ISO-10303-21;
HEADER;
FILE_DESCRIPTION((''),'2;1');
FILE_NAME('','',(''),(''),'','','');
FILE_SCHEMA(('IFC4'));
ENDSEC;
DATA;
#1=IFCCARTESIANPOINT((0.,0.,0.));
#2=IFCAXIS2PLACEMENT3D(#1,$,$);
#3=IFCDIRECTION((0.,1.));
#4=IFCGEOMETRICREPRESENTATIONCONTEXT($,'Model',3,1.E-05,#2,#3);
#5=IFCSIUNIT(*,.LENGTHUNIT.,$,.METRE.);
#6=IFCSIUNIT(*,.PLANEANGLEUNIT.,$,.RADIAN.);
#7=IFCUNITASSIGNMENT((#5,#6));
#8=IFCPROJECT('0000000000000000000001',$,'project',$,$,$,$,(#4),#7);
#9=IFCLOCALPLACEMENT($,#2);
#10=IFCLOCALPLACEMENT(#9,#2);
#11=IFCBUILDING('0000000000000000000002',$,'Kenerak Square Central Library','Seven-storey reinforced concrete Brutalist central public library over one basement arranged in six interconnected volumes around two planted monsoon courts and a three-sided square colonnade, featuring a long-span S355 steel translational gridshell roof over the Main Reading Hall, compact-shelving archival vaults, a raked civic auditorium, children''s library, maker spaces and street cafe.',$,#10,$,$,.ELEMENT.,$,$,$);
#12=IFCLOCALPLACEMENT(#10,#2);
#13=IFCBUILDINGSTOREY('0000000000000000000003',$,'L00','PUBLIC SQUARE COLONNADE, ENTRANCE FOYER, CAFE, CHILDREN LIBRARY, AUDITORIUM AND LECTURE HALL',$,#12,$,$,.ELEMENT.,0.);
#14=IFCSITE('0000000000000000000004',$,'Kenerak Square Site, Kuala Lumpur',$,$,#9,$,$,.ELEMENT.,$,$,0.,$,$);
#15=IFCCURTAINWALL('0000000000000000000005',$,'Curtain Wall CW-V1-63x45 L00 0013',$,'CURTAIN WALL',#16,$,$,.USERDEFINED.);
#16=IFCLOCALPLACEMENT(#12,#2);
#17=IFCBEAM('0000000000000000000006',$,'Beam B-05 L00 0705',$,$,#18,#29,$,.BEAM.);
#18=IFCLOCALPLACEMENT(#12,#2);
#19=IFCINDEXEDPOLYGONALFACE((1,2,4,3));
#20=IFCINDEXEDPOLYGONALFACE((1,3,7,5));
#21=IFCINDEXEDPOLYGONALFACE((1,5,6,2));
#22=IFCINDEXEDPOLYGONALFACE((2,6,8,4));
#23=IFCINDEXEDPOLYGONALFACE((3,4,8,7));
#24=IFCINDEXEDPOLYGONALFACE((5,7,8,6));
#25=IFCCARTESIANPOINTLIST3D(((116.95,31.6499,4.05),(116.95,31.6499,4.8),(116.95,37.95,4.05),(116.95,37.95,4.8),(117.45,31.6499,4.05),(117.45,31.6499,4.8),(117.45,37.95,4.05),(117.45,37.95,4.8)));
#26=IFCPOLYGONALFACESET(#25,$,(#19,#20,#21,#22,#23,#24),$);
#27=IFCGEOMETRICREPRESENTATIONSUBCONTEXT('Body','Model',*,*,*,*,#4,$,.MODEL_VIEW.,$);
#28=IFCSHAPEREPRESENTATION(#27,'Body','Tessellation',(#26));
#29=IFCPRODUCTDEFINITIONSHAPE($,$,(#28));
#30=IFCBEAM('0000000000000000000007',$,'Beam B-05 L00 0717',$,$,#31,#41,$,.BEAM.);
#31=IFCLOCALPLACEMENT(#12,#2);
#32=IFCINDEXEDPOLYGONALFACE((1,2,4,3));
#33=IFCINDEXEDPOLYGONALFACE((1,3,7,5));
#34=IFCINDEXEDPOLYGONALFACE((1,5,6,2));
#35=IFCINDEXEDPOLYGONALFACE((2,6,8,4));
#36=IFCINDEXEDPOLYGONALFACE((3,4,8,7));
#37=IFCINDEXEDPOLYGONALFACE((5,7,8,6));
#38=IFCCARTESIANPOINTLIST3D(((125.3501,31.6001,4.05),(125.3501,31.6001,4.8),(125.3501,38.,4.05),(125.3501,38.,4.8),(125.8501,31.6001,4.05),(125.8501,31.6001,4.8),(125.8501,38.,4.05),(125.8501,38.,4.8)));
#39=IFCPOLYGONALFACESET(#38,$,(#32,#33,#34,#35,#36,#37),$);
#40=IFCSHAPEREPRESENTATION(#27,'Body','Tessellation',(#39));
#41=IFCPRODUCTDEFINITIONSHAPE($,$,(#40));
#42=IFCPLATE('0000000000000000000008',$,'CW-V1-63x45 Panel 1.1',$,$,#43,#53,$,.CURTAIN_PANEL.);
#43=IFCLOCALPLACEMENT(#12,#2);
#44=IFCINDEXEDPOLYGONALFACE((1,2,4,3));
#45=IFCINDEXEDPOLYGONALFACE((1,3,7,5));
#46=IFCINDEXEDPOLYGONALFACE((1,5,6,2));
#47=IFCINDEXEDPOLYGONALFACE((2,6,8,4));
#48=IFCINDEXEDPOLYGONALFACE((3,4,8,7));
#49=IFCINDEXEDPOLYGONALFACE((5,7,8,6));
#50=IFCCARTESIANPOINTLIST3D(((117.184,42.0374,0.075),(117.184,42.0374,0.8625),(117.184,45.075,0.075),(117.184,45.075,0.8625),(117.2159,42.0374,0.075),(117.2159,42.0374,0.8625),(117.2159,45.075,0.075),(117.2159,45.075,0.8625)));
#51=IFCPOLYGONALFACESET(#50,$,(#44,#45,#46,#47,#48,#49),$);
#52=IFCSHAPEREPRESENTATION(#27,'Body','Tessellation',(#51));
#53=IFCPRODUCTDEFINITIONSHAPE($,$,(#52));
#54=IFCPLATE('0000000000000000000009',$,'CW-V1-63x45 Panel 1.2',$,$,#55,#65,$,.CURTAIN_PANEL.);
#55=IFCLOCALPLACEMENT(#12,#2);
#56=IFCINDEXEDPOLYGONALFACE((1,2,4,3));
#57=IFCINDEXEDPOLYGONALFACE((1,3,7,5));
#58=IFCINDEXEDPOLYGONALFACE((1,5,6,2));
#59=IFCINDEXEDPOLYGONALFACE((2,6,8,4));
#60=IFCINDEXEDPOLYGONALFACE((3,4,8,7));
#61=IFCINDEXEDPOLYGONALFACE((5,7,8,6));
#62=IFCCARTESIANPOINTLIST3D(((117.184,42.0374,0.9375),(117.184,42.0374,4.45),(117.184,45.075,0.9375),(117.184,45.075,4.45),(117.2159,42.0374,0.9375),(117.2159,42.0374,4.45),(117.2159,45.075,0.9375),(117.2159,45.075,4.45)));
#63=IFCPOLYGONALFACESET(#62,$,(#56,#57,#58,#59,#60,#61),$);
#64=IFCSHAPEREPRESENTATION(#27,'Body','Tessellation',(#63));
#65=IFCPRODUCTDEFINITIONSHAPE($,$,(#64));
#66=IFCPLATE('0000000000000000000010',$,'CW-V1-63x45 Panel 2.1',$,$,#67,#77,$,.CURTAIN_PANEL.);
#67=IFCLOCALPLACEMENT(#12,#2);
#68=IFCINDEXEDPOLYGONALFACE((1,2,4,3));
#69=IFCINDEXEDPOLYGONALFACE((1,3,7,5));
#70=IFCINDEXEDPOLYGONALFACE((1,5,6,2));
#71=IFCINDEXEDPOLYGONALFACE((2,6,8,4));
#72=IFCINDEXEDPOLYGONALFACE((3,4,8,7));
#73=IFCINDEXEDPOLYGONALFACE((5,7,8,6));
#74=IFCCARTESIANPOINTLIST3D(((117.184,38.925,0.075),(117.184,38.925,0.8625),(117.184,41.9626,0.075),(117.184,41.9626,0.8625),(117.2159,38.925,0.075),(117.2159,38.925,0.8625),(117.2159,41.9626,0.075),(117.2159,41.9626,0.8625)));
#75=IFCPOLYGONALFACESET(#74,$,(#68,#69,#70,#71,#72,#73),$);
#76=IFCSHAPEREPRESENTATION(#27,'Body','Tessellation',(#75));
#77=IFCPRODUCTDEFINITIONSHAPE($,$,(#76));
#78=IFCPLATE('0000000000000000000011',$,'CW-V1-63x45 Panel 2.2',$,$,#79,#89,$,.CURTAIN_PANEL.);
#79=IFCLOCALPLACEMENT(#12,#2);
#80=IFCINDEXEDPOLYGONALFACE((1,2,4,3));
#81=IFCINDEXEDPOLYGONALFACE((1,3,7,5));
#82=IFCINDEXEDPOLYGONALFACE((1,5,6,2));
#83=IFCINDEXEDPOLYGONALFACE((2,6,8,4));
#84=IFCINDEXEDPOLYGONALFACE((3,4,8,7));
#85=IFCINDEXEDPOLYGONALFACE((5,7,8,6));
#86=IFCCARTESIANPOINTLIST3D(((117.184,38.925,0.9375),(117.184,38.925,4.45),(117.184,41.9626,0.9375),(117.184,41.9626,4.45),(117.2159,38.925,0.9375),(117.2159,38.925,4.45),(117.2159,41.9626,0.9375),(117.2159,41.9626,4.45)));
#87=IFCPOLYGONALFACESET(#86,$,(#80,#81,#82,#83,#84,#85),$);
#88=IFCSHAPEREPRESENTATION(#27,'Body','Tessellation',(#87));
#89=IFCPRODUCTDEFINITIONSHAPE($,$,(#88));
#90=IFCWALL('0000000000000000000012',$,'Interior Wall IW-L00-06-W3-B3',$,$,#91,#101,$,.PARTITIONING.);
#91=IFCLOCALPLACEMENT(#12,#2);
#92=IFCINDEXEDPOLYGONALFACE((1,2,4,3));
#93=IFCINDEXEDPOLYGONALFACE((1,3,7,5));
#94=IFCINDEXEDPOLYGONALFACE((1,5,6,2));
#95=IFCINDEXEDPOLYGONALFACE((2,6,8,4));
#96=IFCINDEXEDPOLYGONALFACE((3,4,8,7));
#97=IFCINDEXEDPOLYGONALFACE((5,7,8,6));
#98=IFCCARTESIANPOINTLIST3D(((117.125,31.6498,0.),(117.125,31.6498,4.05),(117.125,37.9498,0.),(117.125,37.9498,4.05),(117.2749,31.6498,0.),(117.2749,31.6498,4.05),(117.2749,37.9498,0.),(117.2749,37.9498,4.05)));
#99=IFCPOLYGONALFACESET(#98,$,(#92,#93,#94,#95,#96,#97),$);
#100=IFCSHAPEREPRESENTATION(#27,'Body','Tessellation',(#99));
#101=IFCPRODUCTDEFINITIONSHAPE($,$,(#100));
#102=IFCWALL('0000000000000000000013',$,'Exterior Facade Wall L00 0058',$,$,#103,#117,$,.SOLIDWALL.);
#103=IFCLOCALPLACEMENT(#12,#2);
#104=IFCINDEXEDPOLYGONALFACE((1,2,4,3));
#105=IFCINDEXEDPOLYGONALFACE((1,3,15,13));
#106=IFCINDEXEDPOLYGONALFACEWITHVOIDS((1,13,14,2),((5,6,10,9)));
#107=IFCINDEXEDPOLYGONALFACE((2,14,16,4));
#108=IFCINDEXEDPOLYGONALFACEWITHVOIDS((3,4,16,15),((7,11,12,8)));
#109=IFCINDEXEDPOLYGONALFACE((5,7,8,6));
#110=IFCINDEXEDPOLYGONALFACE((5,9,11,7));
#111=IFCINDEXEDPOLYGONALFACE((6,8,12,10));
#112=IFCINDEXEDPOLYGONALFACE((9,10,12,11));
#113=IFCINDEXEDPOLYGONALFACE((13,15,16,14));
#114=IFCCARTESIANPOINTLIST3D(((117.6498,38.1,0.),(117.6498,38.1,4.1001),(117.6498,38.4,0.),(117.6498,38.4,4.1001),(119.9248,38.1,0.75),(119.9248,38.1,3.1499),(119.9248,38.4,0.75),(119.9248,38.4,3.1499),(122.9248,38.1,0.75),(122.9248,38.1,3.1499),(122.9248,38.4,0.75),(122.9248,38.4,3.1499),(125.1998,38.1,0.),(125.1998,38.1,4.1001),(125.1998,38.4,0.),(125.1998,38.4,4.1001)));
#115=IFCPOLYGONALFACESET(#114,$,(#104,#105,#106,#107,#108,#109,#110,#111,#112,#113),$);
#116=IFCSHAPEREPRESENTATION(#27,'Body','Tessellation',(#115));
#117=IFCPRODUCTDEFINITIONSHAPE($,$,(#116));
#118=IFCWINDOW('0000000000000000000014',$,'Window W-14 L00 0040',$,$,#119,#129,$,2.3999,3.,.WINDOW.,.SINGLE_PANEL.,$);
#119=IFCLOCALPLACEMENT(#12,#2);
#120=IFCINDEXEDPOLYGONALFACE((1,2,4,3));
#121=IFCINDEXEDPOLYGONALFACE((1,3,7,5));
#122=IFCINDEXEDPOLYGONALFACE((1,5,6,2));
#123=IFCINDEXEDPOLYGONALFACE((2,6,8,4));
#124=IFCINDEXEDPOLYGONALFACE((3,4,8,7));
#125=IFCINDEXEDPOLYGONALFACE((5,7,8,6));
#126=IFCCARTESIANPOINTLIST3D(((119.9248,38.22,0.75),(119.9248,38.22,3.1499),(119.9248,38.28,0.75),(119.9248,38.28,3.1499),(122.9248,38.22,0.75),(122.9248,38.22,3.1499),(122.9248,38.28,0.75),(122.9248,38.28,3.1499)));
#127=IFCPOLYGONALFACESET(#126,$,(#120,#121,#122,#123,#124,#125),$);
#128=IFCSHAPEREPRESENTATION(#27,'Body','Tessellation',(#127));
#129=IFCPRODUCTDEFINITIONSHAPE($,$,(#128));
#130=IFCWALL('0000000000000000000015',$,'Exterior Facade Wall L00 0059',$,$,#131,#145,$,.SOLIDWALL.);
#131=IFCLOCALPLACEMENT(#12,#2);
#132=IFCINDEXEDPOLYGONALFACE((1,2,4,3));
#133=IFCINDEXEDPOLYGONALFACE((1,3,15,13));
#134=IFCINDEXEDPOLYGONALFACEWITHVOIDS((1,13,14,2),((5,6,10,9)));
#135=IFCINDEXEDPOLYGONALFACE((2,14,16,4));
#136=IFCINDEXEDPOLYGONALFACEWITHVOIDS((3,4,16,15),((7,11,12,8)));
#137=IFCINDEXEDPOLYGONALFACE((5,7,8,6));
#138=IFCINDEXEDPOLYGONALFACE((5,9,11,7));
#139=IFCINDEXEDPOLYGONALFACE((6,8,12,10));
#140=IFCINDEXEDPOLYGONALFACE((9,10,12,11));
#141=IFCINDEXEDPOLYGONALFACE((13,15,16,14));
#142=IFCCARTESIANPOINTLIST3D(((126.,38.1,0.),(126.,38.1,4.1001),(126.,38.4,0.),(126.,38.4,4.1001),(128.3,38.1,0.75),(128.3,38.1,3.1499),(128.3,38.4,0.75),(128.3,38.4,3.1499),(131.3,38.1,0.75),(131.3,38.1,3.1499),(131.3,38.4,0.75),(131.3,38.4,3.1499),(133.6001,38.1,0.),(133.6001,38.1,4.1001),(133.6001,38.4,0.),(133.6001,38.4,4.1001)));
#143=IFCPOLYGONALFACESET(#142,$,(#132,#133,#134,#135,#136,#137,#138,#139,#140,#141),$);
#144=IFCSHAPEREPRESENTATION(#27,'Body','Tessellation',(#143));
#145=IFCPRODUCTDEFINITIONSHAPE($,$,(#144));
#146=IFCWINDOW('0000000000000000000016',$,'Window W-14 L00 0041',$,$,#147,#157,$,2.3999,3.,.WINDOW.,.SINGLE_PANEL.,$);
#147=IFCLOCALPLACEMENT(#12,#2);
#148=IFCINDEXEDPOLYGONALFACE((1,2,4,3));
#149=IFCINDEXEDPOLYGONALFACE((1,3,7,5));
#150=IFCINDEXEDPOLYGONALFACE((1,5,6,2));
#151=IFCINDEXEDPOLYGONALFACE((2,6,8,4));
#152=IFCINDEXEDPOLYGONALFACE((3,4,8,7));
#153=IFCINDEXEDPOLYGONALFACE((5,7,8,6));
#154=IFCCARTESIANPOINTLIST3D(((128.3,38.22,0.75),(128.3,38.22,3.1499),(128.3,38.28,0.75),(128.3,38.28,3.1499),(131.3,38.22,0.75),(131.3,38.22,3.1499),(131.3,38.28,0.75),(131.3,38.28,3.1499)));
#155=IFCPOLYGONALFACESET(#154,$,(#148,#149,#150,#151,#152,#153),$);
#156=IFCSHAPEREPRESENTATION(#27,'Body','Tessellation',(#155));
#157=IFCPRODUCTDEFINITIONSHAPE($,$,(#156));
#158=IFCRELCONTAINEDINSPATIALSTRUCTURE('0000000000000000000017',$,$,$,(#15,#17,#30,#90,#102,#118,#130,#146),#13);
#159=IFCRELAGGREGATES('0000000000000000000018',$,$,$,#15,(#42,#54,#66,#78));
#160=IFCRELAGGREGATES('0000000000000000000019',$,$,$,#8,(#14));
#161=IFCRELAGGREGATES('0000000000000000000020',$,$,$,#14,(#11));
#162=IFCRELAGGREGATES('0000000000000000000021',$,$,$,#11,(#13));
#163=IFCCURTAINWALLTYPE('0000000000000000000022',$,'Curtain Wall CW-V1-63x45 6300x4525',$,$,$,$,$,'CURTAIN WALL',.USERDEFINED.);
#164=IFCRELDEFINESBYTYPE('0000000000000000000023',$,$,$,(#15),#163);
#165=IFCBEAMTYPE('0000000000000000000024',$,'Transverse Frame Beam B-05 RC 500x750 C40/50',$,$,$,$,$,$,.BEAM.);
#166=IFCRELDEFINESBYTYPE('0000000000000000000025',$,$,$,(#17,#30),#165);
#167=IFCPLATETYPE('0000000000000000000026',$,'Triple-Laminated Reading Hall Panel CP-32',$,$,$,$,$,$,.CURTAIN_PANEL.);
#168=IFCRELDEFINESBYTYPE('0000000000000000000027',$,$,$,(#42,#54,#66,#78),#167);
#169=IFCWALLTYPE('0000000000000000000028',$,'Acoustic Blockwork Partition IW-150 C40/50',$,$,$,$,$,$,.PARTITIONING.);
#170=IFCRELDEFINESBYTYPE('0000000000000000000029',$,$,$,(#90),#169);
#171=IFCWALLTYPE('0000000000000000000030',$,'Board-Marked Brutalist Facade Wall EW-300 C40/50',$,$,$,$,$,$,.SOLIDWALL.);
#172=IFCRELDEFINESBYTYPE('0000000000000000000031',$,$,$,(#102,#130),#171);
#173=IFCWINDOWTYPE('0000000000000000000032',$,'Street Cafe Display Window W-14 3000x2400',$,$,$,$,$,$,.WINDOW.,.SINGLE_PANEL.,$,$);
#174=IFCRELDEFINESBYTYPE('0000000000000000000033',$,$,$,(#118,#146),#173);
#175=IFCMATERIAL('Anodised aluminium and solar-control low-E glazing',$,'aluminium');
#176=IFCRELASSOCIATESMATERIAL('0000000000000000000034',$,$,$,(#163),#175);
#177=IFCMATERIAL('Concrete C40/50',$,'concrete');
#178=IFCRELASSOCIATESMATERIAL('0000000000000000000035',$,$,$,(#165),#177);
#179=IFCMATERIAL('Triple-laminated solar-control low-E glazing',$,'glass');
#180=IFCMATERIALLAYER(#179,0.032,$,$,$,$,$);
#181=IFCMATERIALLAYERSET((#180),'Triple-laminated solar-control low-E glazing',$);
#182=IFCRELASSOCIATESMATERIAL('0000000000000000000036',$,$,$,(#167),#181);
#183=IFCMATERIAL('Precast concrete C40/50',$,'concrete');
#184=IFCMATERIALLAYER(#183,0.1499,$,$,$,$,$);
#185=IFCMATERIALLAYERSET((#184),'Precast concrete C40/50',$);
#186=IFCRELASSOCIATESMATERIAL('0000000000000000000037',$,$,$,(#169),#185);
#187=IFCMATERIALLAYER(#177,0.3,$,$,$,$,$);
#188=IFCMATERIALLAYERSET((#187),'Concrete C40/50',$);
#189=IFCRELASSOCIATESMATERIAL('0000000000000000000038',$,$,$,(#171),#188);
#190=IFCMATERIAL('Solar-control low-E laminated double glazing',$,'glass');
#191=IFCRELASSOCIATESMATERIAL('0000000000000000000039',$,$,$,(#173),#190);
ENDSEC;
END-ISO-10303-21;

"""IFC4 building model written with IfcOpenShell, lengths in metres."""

from ifc_helpers import new_model, si_unit, direction, frame, frame_2d, origin, origin_2d, place, context, subcontext, project, spatial, rectangle, extrude, material, layer, layer_set, material_profile, profile_set, type_object, element, fill, aggregate, save


model = new_model("IFC4")

# Units and contexts
model_context = context("Model", 3, precision=1e-05, world=origin(), true_north=direction((0.0, 1.0)))
body_context = subcontext(model_context, "Body", "Model", "MODEL_VIEW")
ifc_project = project(units=[si_unit("LENGTHUNIT", "METRE"), si_unit("PLANEANGLEUNIT", "RADIAN")], contexts=[model_context])

# Site, building, storey
site_placement = place(None, origin())
site = spatial("IfcSite", under=ifc_project, at=site_placement, Name="Kenerak Square Site, Kuala Lumpur", CompositionType="ELEMENT", RefElevation=0.0)
building_placement = place(site_placement, origin())
building = spatial("IfcBuilding", under=site, at=building_placement, Name="Kenerak Square Central Library", Description="Seven-storey reinforced concrete Brutalist central public library over one basement arranged in six interconnected volumes around two planted monsoon courts and a three-sided square colonnade, featuring a long-span S355 steel translational gridshell roof over the Main Reading Hall, compact-shelving archival vaults, a raked civic auditorium, children's library, maker spaces and street cafe.", CompositionType="ELEMENT")
storey_placement = place(building_placement, origin())
storey = spatial("IfcBuildingStorey", under=building, at=storey_placement, Name="L00", Description="PUBLIC SQUARE COLONNADE, ENTRANCE FOYER, CAFE, CHILDREN LIBRARY, AUDITORIUM AND LECTURE HALL", CompositionType="ELEMENT", Elevation=0.0)

# Shared definitions
ifc_material_1 = material(Name="Concrete C40/50", Category="concrete")

# Curtain wall
ifc_material_2 = material(Name="Anodised aluminium and solar-control low-E glazing", Category="aluminium")
curtain_wall_type = type_object("IfcCurtainWallType", Name="Curtain Wall CW-V1-63x45 6300x4525", ElementType="CURTAIN WALL", PredefinedType="USERDEFINED", material=ifc_material_2)
curtain_wall_placement = place(storey_placement, origin())
curtain_wall = element("IfcCurtainWall", 1, at=curtain_wall_placement, inside=storey, type_object=curtain_wall_type, Name="Curtain Wall CW-V1-63x45 L00 0013", ObjectType="CURTAIN WALL", PredefinedType="USERDEFINED")

# Beams
ifc_material_profile_1 = material_profile(ifc_material_1, rectangle(XDim=0.5, YDim=0.75, at=origin_2d()), Name="RC 500x750")
ifc_profile_set_1 = profile_set([ifc_material_profile_1], Name="Concrete C40/50")
beam_type_1 = type_object("IfcBeamType", Name="Transverse Frame Beam B-05 RC 500x750 C40/50", PredefinedType="BEAM", material=ifc_profile_set_1)
beam_1_placement = place(storey_placement, frame((117.2, 31.6499, 4.425), z_axis=(0.0, 1.0, 0.0), x_axis=(-1.0, 0.0, 0.0)))
element("IfcBeam", 2, at=beam_1_placement, inside=storey, type_object=beam_type_1, Name="Beam B-05 L00 0705", PredefinedType="BEAM", context=body_context, shape_type="SweptSolid", body=[
    extrude(rectangle(XDim=0.5, YDim=0.75, at=origin_2d()), origin(), (0.0, 0.0, 1.0), 6.3),
])
beam_2_placement = place(storey_placement, frame((125.6001, 31.6001, 4.425), z_axis=(0.0, 1.0, 0.0), x_axis=(-1.0, 0.0, 0.0)))
element("IfcBeam", 3, at=beam_2_placement, inside=storey, type_object=beam_type_1, Name="Beam B-05 L00 0717", PredefinedType="BEAM", context=body_context, shape_type="SweptSolid", body=[
    extrude(rectangle(XDim=0.5, YDim=0.75, at=origin_2d()), origin(), (0.0, 0.0, 1.0), 6.3999),
])

# Plates
ifc_material_3 = material(Name="Triple-laminated solar-control low-E glazing", Category="glass")
ifc_layer_1 = layer(ifc_material_3, 0.032)
ifc_layer_set_1 = layer_set([ifc_layer_1], Name="Triple-laminated solar-control low-E glazing")
plate_type = type_object("IfcPlateType", Name="Triple-Laminated Reading Hall Panel CP-32", PredefinedType="CURTAIN_PANEL", material=ifc_layer_set_1)
plate_1_placement = place(storey_placement, frame((117.2, 43.5562, 0.075), z_axis=(0.0, 0.0, 1.0), x_axis=(0.0, -1.0, 0.0)))
plate_1 = element("IfcPlate", 4, at=plate_1_placement, type_object=plate_type, Name="CW-V1-63x45 Panel 1.1", PredefinedType="CURTAIN_PANEL", context=body_context, shape_type="SweptSolid", body=[
    extrude(rectangle(XDim=3.0376, YDim=0.032, at=origin_2d()), origin(), (0.0, 0.0, 1.0), 0.7876),
])
plate_2_placement = place(storey_placement, frame((117.2, 43.5562, 0.9375), z_axis=(0.0, 0.0, 1.0), x_axis=(0.0, -1.0, 0.0)))
plate_2 = element("IfcPlate", 5, at=plate_2_placement, type_object=plate_type, Name="CW-V1-63x45 Panel 1.2", PredefinedType="CURTAIN_PANEL", context=body_context, shape_type="SweptSolid", body=[
    extrude(rectangle(XDim=3.0376, YDim=0.032, at=origin_2d()), origin(), (0.0, 0.0, 1.0), 3.5125),
])
plate_3_placement = place(storey_placement, frame((117.2, 40.4438, 0.075), z_axis=(0.0, 0.0, 1.0), x_axis=(0.0, -1.0, 0.0)))
plate_3 = element("IfcPlate", 6, at=plate_3_placement, type_object=plate_type, Name="CW-V1-63x45 Panel 2.1", PredefinedType="CURTAIN_PANEL", context=body_context, shape_type="SweptSolid", body=[
    extrude(rectangle(XDim=3.0376, YDim=0.032, at=origin_2d()), origin(), (0.0, 0.0, 1.0), 0.7876),
])
plate_4_placement = place(storey_placement, frame((117.2, 40.4438, 0.9375), z_axis=(0.0, 0.0, 1.0), x_axis=(0.0, -1.0, 0.0)))
plate_4 = element("IfcPlate", 7, at=plate_4_placement, type_object=plate_type, Name="CW-V1-63x45 Panel 2.2", PredefinedType="CURTAIN_PANEL", context=body_context, shape_type="SweptSolid", body=[
    extrude(rectangle(XDim=3.0376, YDim=0.032, at=origin_2d()), origin(), (0.0, 0.0, 1.0), 3.5125),
])
aggregate(curtain_wall, [plate_1, plate_2, plate_3, plate_4])

# Wall
ifc_material_4 = material(Name="Precast concrete C40/50", Category="concrete")
ifc_layer_2 = layer(ifc_material_4, 0.1499)
ifc_layer_set_2 = layer_set([ifc_layer_2], Name="Precast concrete C40/50")
wall_type_1 = type_object("IfcWallType", Name="Acoustic Blockwork Partition IW-150 C40/50", PredefinedType="PARTITIONING", material=ifc_layer_set_2)
wall_1_placement = place(storey_placement, frame((117.2, 31.6499, 0.0), z_axis=(0.0, 0.0, 1.0), x_axis=(0.0, 1.0, 0.0)))
element("IfcWall", 8, at=wall_1_placement, inside=storey, type_object=wall_type_1, Name="Interior Wall IW-L00-06-W3-B3", PredefinedType="PARTITIONING", context=body_context, shape_type="SweptSolid", body=[
    extrude(rectangle(XDim=6.3, YDim=0.1499, at=frame_2d((3.1499, 0.0))), origin(), (0.0, 0.0, 1.0), 4.05),
])

# Walls, openings, windows
ifc_layer_3 = layer(ifc_material_1, 0.3)
ifc_layer_set_3 = layer_set([ifc_layer_3], Name="Concrete C40/50")
wall_type_2 = type_object("IfcWallType", Name="Board-Marked Brutalist Facade Wall EW-300 C40/50", PredefinedType="SOLIDWALL", material=ifc_layer_set_3)
wall_2_placement = place(storey_placement, frame((117.6499, 38.25, 0.0), z_axis=(0.0, 0.0, 1.0), x_axis=(1.0, 0.0, 0.0)))
wall_2 = element("IfcWall", 9, at=wall_2_placement, inside=storey, type_object=wall_type_2, Name="Exterior Facade Wall L00 0058", PredefinedType="SOLIDWALL", context=body_context, shape_type="SweptSolid", body=[
    extrude(rectangle(XDim=7.55, YDim=0.3, at=frame_2d((3.7749, 0.0))), origin(), (0.0, 0.0, 1.0), 4.1001),
])
opening_1_placement = place(wall_2_placement, frame((2.2749, 0.0, 0.75)))
opening_1 = element("IfcOpeningElement", 10, at=opening_1_placement, cuts=wall_2, PredefinedType="OPENING", context=body_context, shape_type="SweptSolid", body=[
    extrude(rectangle(XDim=3.0, YDim=2.3999, at=frame_2d((1.5, 1.2))), frame((0.0, 0.1599, 0.0), z_axis=(0.0, -1.0, 0.0), x_axis=(1.0, 0.0, 0.0)), (0.0, 0.0, 1.0), 0.3201),
])
ifc_material_5 = material(Name="Solar-control low-E laminated double glazing", Category="glass")
window_type = type_object("IfcWindowType", Name="Street Cafe Display Window W-14 3000x2400", PartitioningType="SINGLE_PANEL", PredefinedType="WINDOW", material=ifc_material_5)
window_1_placement = place(opening_1_placement, origin())
window_1 = element("IfcWindow", 11, at=window_1_placement, inside=storey, type_object=window_type, Name="Window W-14 L00 0040", OverallHeight=2.3999, OverallWidth=3.0, PartitioningType="SINGLE_PANEL", PredefinedType="WINDOW", context=body_context, shape_type="SweptSolid", body=[
    extrude(rectangle(XDim=3.0, YDim=2.3999, at=frame_2d((1.5, 1.2))), frame((0.0, 0.03, 0.0), z_axis=(0.0, -1.0, 0.0), x_axis=(1.0, 0.0, 0.0)), (0.0, 0.0, 1.0), 0.0601),
])
fill(opening_1, window_1)
wall_3_placement = place(storey_placement, frame((126.0, 38.25, 0.0), z_axis=(0.0, 0.0, 1.0), x_axis=(1.0, 0.0, 0.0)))
wall_3 = element("IfcWall", 12, at=wall_3_placement, inside=storey, type_object=wall_type_2, Name="Exterior Facade Wall L00 0059", PredefinedType="SOLIDWALL", context=body_context, shape_type="SweptSolid", body=[
    extrude(rectangle(XDim=7.6001, YDim=0.3, at=frame_2d((3.8, 0.0))), origin(), (0.0, 0.0, 1.0), 4.1001),
])
opening_2_placement = place(wall_3_placement, frame((2.3, 0.0, 0.75)))
opening_2 = element("IfcOpeningElement", 13, at=opening_2_placement, cuts=wall_3, PredefinedType="OPENING", context=body_context, shape_type="SweptSolid", body=[
    extrude(rectangle(XDim=3.0, YDim=2.3999, at=frame_2d((1.5, 1.2))), frame((0.0, 0.1599, 0.0), z_axis=(0.0, -1.0, 0.0), x_axis=(1.0, 0.0, 0.0)), (0.0, 0.0, 1.0), 0.3201),
])
window_2_placement = place(opening_2_placement, origin())
window_2 = element("IfcWindow", 14, at=window_2_placement, inside=storey, type_object=window_type, Name="Window W-14 L00 0041", OverallHeight=2.3999, OverallWidth=3.0, PartitioningType="SINGLE_PANEL", PredefinedType="WINDOW", context=body_context, shape_type="SweptSolid", body=[
    extrude(rectangle(XDim=3.0, YDim=2.3999, at=frame_2d((1.5, 1.2))), frame((0.0, 0.03, 0.0), z_axis=(0.0, -1.0, 0.0), x_axis=(1.0, 0.0, 0.0)), (0.0, 0.0, 1.0), 0.0601),
])
fill(opening_2, window_2)

save(model, "model.ifc")
